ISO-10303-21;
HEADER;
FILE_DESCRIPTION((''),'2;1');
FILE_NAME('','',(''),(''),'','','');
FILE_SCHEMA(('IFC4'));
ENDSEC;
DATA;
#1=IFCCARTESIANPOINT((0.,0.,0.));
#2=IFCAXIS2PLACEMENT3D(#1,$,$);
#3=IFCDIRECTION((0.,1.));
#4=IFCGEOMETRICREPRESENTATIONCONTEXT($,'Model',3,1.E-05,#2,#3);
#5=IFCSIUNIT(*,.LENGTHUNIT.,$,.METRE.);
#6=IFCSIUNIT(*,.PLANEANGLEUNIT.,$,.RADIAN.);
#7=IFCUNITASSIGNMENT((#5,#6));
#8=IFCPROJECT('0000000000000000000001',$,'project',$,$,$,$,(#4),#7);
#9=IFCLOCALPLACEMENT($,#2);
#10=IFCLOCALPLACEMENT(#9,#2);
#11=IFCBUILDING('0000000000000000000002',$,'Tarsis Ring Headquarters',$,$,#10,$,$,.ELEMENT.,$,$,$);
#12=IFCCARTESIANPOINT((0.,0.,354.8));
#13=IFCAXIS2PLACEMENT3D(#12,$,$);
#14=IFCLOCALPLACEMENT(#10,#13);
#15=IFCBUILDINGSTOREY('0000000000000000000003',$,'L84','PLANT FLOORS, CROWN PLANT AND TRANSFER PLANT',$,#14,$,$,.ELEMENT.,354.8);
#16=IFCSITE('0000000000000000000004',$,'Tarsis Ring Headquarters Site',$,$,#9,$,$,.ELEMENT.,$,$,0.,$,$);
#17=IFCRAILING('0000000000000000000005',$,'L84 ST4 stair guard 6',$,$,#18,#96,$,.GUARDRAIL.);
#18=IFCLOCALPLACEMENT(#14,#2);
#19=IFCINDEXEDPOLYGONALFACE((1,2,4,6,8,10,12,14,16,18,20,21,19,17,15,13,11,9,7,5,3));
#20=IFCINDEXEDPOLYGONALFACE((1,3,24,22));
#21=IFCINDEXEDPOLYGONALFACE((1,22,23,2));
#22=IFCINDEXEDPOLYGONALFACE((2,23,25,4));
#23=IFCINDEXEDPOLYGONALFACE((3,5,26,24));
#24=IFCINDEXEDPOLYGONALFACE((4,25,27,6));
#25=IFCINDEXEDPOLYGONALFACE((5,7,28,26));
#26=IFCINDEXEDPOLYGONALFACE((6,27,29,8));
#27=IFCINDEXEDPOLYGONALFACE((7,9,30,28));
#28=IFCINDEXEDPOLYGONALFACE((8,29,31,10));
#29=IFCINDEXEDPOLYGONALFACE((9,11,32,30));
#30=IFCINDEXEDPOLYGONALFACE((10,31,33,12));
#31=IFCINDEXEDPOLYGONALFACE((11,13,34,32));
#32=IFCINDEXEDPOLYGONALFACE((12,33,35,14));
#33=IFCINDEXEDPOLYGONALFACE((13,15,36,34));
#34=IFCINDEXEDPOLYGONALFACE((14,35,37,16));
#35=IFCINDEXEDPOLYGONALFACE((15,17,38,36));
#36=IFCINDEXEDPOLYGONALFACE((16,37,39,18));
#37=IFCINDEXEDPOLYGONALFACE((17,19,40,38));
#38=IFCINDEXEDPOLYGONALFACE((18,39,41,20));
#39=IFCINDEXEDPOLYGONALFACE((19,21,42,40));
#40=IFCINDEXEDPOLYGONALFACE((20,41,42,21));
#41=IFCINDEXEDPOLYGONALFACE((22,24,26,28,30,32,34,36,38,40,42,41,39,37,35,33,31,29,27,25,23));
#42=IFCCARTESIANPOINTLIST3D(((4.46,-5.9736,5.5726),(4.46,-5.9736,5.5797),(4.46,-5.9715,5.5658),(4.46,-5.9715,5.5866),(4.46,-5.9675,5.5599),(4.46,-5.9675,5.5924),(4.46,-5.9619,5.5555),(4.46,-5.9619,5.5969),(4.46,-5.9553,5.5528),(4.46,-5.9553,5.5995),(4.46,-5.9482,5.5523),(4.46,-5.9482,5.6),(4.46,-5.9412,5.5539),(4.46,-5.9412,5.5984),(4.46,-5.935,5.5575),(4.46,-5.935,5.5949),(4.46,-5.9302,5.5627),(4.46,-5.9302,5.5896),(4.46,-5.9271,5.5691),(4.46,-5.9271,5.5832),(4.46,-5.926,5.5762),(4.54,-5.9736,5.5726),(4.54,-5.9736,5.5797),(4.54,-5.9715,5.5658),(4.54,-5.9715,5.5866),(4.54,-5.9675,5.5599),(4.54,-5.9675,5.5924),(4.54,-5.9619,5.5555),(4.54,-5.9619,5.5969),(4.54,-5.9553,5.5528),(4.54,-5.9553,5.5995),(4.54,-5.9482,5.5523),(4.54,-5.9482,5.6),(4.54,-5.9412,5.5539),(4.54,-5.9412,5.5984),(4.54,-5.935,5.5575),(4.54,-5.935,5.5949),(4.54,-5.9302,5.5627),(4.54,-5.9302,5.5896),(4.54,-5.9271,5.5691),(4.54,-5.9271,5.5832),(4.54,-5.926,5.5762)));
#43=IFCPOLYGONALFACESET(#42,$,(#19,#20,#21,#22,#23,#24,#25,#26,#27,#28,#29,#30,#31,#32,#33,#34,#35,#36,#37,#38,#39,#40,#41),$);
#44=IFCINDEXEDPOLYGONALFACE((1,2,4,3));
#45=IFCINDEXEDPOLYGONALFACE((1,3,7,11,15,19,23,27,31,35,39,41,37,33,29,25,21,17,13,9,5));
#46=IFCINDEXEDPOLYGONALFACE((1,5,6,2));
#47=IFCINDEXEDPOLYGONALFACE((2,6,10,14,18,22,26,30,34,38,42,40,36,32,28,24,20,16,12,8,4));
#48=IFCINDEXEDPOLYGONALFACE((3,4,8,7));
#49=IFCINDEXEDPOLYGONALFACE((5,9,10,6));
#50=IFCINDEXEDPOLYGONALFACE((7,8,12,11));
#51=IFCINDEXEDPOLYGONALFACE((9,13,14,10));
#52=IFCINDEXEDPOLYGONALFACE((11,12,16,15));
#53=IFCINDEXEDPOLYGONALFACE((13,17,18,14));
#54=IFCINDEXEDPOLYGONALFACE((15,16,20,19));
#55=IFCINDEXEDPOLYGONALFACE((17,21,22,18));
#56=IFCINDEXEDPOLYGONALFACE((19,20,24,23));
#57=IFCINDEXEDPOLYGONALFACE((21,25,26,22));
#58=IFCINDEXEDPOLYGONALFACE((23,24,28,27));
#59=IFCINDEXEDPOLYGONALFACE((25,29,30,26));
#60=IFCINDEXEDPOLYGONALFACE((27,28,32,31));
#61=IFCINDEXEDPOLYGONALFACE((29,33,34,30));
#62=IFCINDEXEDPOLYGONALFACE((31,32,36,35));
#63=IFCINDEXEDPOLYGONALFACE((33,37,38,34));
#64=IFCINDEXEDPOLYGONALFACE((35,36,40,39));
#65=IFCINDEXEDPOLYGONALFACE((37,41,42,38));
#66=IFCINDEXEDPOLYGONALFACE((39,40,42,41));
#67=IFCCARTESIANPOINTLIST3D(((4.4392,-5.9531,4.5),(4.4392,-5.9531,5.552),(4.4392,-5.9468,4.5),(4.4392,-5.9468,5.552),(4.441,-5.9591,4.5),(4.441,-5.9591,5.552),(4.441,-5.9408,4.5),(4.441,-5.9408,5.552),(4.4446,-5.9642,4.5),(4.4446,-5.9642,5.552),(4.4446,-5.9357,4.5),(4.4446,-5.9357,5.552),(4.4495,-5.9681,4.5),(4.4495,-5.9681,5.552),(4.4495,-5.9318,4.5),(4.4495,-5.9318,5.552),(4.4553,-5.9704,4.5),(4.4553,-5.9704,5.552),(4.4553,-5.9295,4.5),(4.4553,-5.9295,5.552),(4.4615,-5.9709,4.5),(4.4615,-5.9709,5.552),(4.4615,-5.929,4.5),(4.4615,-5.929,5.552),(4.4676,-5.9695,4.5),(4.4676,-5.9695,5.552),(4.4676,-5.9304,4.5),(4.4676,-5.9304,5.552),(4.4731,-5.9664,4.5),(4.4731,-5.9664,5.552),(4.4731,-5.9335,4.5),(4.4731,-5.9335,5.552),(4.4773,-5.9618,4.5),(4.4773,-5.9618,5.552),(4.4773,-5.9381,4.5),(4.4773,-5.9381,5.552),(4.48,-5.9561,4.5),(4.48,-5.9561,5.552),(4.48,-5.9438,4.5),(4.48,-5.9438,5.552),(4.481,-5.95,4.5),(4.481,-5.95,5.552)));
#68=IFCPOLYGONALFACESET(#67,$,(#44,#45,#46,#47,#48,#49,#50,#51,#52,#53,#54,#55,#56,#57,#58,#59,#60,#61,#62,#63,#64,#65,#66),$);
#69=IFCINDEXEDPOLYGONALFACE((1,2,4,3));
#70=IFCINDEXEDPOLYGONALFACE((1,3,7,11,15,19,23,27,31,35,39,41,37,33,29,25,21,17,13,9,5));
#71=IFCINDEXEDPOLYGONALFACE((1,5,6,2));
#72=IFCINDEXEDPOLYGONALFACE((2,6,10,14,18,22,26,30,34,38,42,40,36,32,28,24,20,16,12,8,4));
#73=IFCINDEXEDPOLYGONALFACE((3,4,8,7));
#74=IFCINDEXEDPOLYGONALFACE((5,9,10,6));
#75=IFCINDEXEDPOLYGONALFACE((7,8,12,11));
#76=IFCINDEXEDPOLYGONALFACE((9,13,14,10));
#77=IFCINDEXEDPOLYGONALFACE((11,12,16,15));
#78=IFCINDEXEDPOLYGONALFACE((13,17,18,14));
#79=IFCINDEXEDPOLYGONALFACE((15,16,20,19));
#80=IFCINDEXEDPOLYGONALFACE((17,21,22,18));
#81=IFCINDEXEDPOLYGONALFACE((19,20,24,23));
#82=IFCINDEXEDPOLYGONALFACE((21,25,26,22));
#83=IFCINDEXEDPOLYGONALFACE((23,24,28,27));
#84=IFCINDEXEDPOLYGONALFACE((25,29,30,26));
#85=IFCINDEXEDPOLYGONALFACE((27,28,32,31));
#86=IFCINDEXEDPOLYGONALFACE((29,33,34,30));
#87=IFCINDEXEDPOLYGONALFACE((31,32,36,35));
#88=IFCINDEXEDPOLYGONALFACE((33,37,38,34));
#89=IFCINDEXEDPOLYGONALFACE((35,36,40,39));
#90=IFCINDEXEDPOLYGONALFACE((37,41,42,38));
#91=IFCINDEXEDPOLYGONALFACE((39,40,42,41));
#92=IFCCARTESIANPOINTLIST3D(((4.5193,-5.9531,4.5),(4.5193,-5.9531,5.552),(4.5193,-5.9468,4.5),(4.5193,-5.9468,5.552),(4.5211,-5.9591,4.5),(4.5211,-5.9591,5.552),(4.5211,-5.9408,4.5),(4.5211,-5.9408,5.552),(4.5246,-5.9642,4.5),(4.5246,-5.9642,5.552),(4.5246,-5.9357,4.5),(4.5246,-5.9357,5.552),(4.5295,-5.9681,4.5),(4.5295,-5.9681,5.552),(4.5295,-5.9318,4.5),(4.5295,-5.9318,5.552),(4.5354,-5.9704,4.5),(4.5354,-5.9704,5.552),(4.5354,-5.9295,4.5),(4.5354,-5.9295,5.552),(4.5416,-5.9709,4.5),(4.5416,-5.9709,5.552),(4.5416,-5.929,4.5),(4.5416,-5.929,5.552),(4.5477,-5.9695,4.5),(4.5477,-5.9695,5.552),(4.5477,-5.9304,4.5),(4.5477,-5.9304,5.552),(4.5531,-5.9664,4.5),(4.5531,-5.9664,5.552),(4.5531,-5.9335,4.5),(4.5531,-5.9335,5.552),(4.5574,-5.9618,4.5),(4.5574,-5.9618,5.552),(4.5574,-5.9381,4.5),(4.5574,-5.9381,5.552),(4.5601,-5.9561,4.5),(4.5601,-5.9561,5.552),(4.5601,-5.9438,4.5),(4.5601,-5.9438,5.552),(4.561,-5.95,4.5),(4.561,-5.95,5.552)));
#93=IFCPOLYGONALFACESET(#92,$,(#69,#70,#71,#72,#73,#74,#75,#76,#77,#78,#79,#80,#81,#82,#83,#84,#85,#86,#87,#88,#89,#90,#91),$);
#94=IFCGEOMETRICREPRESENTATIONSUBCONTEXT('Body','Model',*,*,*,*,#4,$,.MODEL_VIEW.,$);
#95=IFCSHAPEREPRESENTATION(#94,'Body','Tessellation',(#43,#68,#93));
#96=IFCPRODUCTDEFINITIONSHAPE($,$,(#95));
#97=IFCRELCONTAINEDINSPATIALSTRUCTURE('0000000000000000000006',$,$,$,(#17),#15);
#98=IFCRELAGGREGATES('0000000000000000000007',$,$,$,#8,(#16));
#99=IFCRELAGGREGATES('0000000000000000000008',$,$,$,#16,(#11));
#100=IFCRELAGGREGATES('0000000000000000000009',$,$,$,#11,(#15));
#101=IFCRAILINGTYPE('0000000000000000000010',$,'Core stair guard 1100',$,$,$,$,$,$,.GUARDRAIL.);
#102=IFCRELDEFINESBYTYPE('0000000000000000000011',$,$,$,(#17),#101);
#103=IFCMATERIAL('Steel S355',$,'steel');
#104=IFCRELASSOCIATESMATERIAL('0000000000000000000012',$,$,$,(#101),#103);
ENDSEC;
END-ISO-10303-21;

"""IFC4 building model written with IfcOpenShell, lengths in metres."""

from ifc_helpers import new_model, si_unit, direction, frame, origin, origin_2d, place, context, subcontext, project, spatial, circle, extrude, material, type_object, element, save


model = new_model("IFC4")

# Units and contexts
model_context = context("Model", 3, precision=1e-05, world=origin(), true_north=direction((0.0, 1.0)))
body_context = subcontext(model_context, "Body", "Model", "MODEL_VIEW")
ifc_project = project(units=[si_unit("LENGTHUNIT", "METRE"), si_unit("PLANEANGLEUNIT", "RADIAN")], contexts=[model_context])

# Site, building, storey
site_placement = place(None, origin())
site = spatial("IfcSite", under=ifc_project, at=site_placement, Name="Tarsis Ring Headquarters Site", CompositionType="ELEMENT", RefElevation=0.0)
building_placement = place(site_placement, origin())
building = spatial("IfcBuilding", under=site, at=building_placement, Name="Tarsis Ring Headquarters", CompositionType="ELEMENT")
storey_placement = place(building_placement, frame((0.0, 0.0, 354.8)))
storey = spatial("IfcBuildingStorey", under=building, at=storey_placement, Name="L84", Description="PLANT FLOORS, CROWN PLANT AND TRANSFER PLANT", CompositionType="ELEMENT", Elevation=354.8)

# Railing
ifc_material_1 = material(Name="Steel S355", Category="steel")
railing_type_1 = type_object("IfcRailingType", Name="Core stair guard 1100", PredefinedType="GUARDRAIL", material=ifc_material_1)
railing_1_placement = place(storey_placement, frame((4.46, -5.95, 4.5)))
element("IfcRailing", 1, at=railing_1_placement, inside=storey, type_object=railing_type_1, Name="L84 ST4 stair guard 6", PredefinedType="GUARDRAIL", context=body_context, shape_type="SweptSolid", body=[
    extrude(circle(Radius=0.0239, at=origin_2d()), frame((0.0, 0.0, 1.0762), z_axis=(1.0, 0.0, 0.0), x_axis=(0.0, 1.0, 0.0)), (0.0, 0.0, 1.0), 0.0801),
    extrude(circle(Radius=0.021, at=origin_2d()), origin(), (0.0, 0.0, 1.0), 1.052),
    extrude(circle(Radius=0.021, at=origin_2d()), frame((0.0801, 0.0, 0.0)), (0.0, 0.0, 1.0), 1.052),
])

save(model, "model.ifc")
